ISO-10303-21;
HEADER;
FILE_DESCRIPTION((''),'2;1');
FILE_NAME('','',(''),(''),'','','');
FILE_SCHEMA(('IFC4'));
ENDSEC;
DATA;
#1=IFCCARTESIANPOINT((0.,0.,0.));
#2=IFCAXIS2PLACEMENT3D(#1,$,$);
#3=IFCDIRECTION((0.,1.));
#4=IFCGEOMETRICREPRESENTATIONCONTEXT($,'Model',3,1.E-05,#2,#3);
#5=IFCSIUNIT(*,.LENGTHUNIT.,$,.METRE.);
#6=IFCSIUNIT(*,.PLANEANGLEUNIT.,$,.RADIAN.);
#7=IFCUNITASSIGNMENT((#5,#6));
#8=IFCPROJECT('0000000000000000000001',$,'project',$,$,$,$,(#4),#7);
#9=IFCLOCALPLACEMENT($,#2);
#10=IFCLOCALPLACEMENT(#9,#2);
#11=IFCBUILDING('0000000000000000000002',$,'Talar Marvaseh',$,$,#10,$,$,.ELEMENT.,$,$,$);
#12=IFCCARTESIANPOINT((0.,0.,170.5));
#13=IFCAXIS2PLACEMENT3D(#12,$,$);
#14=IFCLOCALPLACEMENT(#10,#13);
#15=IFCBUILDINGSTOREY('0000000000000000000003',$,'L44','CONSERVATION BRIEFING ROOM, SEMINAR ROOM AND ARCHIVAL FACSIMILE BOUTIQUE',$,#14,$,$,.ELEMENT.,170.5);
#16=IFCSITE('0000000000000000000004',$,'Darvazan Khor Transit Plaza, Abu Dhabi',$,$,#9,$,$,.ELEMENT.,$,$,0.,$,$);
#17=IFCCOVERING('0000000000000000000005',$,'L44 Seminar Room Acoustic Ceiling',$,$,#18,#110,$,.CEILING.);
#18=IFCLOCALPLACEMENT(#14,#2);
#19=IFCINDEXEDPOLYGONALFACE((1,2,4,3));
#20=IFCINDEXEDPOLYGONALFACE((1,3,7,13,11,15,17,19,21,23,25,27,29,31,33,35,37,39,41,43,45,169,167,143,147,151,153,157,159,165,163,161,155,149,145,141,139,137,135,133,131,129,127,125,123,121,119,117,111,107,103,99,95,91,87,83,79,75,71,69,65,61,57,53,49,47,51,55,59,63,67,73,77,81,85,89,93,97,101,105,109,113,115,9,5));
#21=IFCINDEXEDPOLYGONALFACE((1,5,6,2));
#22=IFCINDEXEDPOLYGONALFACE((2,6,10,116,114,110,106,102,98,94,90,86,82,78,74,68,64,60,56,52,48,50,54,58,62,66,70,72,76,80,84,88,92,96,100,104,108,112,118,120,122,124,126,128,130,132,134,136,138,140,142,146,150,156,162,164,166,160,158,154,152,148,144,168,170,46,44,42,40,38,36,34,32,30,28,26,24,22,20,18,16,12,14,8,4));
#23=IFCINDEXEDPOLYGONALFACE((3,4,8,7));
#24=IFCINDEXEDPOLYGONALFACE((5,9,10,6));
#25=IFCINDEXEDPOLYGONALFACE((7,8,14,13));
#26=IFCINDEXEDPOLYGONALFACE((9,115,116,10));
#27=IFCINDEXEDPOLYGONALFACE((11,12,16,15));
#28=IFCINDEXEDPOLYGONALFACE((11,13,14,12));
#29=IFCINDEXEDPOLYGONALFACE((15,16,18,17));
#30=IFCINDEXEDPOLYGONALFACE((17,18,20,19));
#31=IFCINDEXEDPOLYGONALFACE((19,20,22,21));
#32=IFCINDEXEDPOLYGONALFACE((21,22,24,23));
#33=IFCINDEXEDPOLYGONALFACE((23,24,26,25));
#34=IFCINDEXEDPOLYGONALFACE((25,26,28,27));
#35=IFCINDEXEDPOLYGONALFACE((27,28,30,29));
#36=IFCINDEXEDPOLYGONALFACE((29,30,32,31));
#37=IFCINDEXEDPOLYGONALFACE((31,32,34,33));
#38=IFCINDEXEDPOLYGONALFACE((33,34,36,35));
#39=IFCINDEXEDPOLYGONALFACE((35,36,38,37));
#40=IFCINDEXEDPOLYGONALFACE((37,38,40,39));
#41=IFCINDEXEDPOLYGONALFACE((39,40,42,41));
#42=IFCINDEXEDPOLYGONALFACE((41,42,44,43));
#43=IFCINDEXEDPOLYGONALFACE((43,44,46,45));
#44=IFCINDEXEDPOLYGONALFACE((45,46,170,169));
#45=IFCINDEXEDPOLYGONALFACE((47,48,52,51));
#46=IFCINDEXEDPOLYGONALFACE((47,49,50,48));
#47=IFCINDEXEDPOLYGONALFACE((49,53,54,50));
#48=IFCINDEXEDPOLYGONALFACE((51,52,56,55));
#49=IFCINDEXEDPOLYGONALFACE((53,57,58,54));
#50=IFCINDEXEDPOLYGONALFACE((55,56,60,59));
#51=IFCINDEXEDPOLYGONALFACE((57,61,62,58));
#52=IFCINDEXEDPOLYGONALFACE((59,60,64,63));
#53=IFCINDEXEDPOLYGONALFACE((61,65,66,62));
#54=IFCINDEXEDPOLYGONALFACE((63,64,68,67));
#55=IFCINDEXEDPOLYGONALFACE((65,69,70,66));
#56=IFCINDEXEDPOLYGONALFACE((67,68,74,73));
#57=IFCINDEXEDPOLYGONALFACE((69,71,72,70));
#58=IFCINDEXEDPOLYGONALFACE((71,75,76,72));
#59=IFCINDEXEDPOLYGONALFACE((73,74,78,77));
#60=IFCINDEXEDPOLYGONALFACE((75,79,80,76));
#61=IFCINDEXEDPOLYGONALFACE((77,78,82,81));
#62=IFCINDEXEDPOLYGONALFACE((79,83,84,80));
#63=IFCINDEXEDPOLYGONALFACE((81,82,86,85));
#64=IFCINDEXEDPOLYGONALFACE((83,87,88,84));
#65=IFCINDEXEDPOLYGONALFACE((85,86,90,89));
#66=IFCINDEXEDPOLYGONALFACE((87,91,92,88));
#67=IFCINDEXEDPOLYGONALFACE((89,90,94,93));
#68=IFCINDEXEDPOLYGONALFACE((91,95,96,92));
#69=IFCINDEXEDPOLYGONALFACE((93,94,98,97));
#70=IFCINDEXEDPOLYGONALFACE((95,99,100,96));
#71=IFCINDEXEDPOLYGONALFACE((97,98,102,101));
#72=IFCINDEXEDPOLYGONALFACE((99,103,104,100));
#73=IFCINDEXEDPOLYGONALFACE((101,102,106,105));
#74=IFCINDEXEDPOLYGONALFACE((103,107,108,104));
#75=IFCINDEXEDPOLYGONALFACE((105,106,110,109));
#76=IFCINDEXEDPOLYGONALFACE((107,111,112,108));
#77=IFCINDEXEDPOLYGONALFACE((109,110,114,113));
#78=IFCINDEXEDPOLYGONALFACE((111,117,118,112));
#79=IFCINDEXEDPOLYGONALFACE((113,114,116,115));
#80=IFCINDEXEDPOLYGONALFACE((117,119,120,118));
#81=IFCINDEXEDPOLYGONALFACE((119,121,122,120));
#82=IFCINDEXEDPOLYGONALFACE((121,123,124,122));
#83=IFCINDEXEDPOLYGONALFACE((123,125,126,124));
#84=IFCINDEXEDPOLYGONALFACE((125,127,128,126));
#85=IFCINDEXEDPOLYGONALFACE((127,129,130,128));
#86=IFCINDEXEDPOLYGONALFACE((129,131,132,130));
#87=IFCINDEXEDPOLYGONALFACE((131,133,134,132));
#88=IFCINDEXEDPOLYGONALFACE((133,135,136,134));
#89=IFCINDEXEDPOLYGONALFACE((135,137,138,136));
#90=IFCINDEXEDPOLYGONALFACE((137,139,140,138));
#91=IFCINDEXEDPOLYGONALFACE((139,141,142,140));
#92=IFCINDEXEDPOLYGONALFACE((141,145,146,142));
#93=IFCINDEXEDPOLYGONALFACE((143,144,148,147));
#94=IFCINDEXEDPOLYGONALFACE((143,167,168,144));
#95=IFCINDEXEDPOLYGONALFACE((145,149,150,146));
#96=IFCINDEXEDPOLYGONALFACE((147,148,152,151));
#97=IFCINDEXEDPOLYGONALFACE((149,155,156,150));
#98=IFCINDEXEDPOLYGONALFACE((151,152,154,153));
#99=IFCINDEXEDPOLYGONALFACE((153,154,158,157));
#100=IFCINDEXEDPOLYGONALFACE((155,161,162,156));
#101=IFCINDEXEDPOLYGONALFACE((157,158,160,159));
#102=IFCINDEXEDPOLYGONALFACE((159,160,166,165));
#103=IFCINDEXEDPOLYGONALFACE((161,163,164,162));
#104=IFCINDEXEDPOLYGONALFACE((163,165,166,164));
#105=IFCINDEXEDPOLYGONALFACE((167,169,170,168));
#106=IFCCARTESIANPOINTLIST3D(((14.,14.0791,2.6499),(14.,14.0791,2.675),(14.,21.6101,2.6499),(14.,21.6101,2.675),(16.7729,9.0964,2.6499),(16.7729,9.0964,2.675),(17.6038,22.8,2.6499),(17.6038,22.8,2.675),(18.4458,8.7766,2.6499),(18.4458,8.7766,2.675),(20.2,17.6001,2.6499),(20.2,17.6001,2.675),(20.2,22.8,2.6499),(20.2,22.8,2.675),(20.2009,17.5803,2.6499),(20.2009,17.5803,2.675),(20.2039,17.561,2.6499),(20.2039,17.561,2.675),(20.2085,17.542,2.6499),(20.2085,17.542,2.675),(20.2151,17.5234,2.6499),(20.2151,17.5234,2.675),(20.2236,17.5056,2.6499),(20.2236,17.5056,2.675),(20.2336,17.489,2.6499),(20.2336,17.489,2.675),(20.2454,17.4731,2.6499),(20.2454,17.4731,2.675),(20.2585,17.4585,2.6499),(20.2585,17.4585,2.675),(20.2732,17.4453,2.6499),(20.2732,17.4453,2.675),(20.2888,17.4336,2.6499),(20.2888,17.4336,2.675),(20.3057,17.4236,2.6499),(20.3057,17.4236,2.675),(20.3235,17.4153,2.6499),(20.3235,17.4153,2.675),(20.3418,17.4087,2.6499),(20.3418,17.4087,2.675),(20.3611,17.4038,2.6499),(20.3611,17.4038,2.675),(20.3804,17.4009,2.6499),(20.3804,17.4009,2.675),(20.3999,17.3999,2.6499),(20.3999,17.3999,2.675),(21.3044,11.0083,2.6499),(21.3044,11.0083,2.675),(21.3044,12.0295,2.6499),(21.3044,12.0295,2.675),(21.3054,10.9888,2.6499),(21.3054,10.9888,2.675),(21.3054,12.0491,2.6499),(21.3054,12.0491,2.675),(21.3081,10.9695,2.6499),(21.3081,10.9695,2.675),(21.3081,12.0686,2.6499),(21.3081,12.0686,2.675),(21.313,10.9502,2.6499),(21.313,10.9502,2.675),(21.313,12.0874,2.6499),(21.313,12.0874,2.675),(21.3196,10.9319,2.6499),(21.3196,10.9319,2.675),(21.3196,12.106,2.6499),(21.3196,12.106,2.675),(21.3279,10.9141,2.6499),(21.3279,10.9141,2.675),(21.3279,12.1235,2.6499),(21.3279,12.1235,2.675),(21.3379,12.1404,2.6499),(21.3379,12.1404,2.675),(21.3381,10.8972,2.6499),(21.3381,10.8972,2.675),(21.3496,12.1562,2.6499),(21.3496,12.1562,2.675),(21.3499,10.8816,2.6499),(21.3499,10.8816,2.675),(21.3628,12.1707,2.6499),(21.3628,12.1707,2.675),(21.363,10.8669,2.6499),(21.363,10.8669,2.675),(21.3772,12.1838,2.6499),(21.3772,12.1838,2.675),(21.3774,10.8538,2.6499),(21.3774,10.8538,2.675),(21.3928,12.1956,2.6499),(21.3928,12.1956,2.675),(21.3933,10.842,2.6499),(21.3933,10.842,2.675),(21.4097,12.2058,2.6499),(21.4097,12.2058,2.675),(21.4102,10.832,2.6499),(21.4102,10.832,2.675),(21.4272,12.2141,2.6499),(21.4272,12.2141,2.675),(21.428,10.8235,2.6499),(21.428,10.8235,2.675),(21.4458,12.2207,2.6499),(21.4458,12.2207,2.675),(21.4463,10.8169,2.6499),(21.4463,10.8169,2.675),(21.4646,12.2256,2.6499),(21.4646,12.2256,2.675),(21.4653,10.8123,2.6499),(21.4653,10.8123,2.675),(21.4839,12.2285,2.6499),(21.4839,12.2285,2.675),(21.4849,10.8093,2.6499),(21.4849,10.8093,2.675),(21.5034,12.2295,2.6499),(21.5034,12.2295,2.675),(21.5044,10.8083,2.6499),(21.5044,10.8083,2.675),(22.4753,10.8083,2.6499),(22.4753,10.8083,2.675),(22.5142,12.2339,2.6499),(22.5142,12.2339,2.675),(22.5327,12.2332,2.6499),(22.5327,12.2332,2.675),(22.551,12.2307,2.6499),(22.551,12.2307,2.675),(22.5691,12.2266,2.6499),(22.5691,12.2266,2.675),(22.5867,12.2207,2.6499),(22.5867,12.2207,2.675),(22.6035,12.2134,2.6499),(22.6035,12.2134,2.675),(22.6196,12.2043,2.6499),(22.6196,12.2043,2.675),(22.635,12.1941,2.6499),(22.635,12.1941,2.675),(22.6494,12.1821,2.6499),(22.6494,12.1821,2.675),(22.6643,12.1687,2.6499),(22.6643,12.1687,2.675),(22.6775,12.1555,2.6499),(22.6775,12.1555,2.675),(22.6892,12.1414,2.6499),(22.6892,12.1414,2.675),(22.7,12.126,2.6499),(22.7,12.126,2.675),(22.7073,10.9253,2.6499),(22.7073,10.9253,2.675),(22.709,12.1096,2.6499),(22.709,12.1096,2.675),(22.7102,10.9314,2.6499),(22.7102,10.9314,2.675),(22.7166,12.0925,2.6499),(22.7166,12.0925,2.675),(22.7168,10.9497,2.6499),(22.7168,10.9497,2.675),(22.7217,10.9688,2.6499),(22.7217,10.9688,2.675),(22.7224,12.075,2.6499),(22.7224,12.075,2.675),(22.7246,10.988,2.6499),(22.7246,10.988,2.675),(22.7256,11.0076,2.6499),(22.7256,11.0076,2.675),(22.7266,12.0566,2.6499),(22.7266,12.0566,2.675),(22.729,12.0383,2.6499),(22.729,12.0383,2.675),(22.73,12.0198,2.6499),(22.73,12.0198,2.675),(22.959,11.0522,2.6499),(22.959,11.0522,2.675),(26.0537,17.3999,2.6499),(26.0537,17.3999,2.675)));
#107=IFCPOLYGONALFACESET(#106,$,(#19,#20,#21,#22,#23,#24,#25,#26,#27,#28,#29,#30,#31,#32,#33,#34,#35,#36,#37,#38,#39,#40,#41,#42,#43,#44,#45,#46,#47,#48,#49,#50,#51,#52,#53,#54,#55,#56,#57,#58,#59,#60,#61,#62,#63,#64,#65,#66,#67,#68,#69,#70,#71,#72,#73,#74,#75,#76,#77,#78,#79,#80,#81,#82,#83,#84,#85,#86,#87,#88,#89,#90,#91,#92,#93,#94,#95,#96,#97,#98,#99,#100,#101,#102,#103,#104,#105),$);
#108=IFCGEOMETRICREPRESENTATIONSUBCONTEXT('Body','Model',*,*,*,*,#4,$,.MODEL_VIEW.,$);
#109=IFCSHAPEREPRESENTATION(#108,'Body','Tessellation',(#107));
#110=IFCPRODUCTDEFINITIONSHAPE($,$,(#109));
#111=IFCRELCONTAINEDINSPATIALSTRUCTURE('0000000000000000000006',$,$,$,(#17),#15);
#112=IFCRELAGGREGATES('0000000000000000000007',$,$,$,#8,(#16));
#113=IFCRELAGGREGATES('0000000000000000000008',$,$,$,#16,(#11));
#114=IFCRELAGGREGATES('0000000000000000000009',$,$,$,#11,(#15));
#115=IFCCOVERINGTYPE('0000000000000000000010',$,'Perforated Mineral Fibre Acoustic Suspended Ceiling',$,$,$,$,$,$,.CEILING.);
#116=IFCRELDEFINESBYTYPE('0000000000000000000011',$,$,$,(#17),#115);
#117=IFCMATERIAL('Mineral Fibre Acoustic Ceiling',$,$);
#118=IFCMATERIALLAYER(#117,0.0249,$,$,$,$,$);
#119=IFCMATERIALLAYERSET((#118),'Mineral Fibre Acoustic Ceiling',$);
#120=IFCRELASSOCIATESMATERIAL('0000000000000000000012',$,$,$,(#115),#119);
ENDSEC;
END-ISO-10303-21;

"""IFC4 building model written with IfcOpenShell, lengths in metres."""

from ifc_helpers import new_model, si_unit, direction, frame, origin, place, context, subcontext, project, spatial, polyline, outline, extrude, material, layer, layer_set, type_object, element, save


model = new_model("IFC4")

# Units and contexts
model_context = context("Model", 3, precision=1e-05, world=origin(), true_north=direction((0.0, 1.0)))
body_context = subcontext(model_context, "Body", "Model", "MODEL_VIEW")
ifc_project = project(units=[si_unit("LENGTHUNIT", "METRE"), si_unit("PLANEANGLEUNIT", "RADIAN")], contexts=[model_context])

# Site, building, storey
site_placement = place(None, origin())
site = spatial("IfcSite", under=ifc_project, at=site_placement, Name="Darvazan Khor Transit Plaza, Abu Dhabi", CompositionType="ELEMENT", RefElevation=0.0)
building_placement = place(site_placement, origin())
building = spatial("IfcBuilding", under=site, at=building_placement, Name="Talar Marvaseh", CompositionType="ELEMENT")
storey_placement = place(building_placement, frame((0.0, 0.0, 170.5)))
storey = spatial("IfcBuildingStorey", under=building, at=storey_placement, Name="L44", Description="CONSERVATION BRIEFING ROOM, SEMINAR ROOM AND ARCHIVAL FACSIMILE BOUTIQUE", CompositionType="ELEMENT", Elevation=170.5)

# Covering
ifc_material_1 = material(Name="Mineral Fibre Acoustic Ceiling")
ifc_layer_1 = layer(ifc_material_1, 0.0249)
ifc_layer_set_1 = layer_set([ifc_layer_1], Name="Mineral Fibre Acoustic Ceiling")
covering_type_1 = type_object("IfcCoveringType", Name="Perforated Mineral Fibre Acoustic Suspended Ceiling", PredefinedType="CEILING", material=ifc_layer_set_1)
covering_1_placement = place(storey_placement, frame((0.0, 0.0, 2.6499)))
element("IfcCovering", 1, at=covering_1_placement, inside=storey, type_object=covering_type_1, Name="L44 Seminar Room Acoustic Ceiling", PredefinedType="CEILING", context=body_context, shape_type="SweptSolid", body=[
    extrude(outline(polyline([(14.0, 21.6101), (17.6038, 22.8), (20.2, 22.8), (20.2, 17.6001), (20.2009, 17.5803), (20.2039, 17.561), (20.2085, 17.542), (20.2151, 17.5234), (20.2236, 17.5056), (20.2336, 17.489), (20.2454, 17.4731), (20.2585, 17.4585), (20.2732, 17.4453), (20.2888, 17.4336), (20.3057, 17.4236), (20.3235, 17.4153), (20.3418, 17.4087), (20.3611, 17.4038), (20.3804, 17.4009), (20.3999, 17.3999), (26.0537, 17.3999), (22.959, 11.0522), (22.7073, 10.9253), (22.7102, 10.9314), (22.7168, 10.9497), (22.7217, 10.9688), (22.7246, 10.988), (22.7256, 11.0076), (22.73, 12.0198), (22.729, 12.0383), (22.7266, 12.0566), (22.7224, 12.075), (22.7166, 12.0925), (22.709, 12.1096), (22.7, 12.126), (22.6892, 12.1414), (22.6775, 12.1555), (22.6643, 12.1687), (22.6494, 12.1821), (22.635, 12.1941), (22.6196, 12.2043), (22.6035, 12.2134), (22.5867, 12.2207), (22.5691, 12.2266), (22.551, 12.2307), (22.5327, 12.2332), (22.5142, 12.2339), (21.5034, 12.2295), (21.4839, 12.2285), (21.4646, 12.2256), (21.4458, 12.2207), (21.4272, 12.2141), (21.4097, 12.2058), (21.3928, 12.1956), (21.3772, 12.1838), (21.3628, 12.1707), (21.3496, 12.1562), (21.3379, 12.1404), (21.3279, 12.1235), (21.3196, 12.106), (21.313, 12.0874), (21.3081, 12.0686), (21.3054, 12.0491), (21.3044, 12.0295), (21.3044, 11.0083), (21.3054, 10.9888), (21.3081, 10.9695), (21.313, 10.9502), (21.3196, 10.9319), (21.3279, 10.9141), (21.3381, 10.8972), (21.3499, 10.8816), (21.363, 10.8669), (21.3774, 10.8538), (21.3933, 10.842), (21.4102, 10.832), (21.428, 10.8235), (21.4463, 10.8169), (21.4653, 10.8123), (21.4849, 10.8093), (21.5044, 10.8083), (22.4753, 10.8083), (18.4458, 8.7766), (16.7729, 9.0964), (14.0, 14.0791), (14.0, 21.6101)])), origin(), (0.0, 0.0, 1.0), 0.0251),
])

save(model, "model.ifc")
